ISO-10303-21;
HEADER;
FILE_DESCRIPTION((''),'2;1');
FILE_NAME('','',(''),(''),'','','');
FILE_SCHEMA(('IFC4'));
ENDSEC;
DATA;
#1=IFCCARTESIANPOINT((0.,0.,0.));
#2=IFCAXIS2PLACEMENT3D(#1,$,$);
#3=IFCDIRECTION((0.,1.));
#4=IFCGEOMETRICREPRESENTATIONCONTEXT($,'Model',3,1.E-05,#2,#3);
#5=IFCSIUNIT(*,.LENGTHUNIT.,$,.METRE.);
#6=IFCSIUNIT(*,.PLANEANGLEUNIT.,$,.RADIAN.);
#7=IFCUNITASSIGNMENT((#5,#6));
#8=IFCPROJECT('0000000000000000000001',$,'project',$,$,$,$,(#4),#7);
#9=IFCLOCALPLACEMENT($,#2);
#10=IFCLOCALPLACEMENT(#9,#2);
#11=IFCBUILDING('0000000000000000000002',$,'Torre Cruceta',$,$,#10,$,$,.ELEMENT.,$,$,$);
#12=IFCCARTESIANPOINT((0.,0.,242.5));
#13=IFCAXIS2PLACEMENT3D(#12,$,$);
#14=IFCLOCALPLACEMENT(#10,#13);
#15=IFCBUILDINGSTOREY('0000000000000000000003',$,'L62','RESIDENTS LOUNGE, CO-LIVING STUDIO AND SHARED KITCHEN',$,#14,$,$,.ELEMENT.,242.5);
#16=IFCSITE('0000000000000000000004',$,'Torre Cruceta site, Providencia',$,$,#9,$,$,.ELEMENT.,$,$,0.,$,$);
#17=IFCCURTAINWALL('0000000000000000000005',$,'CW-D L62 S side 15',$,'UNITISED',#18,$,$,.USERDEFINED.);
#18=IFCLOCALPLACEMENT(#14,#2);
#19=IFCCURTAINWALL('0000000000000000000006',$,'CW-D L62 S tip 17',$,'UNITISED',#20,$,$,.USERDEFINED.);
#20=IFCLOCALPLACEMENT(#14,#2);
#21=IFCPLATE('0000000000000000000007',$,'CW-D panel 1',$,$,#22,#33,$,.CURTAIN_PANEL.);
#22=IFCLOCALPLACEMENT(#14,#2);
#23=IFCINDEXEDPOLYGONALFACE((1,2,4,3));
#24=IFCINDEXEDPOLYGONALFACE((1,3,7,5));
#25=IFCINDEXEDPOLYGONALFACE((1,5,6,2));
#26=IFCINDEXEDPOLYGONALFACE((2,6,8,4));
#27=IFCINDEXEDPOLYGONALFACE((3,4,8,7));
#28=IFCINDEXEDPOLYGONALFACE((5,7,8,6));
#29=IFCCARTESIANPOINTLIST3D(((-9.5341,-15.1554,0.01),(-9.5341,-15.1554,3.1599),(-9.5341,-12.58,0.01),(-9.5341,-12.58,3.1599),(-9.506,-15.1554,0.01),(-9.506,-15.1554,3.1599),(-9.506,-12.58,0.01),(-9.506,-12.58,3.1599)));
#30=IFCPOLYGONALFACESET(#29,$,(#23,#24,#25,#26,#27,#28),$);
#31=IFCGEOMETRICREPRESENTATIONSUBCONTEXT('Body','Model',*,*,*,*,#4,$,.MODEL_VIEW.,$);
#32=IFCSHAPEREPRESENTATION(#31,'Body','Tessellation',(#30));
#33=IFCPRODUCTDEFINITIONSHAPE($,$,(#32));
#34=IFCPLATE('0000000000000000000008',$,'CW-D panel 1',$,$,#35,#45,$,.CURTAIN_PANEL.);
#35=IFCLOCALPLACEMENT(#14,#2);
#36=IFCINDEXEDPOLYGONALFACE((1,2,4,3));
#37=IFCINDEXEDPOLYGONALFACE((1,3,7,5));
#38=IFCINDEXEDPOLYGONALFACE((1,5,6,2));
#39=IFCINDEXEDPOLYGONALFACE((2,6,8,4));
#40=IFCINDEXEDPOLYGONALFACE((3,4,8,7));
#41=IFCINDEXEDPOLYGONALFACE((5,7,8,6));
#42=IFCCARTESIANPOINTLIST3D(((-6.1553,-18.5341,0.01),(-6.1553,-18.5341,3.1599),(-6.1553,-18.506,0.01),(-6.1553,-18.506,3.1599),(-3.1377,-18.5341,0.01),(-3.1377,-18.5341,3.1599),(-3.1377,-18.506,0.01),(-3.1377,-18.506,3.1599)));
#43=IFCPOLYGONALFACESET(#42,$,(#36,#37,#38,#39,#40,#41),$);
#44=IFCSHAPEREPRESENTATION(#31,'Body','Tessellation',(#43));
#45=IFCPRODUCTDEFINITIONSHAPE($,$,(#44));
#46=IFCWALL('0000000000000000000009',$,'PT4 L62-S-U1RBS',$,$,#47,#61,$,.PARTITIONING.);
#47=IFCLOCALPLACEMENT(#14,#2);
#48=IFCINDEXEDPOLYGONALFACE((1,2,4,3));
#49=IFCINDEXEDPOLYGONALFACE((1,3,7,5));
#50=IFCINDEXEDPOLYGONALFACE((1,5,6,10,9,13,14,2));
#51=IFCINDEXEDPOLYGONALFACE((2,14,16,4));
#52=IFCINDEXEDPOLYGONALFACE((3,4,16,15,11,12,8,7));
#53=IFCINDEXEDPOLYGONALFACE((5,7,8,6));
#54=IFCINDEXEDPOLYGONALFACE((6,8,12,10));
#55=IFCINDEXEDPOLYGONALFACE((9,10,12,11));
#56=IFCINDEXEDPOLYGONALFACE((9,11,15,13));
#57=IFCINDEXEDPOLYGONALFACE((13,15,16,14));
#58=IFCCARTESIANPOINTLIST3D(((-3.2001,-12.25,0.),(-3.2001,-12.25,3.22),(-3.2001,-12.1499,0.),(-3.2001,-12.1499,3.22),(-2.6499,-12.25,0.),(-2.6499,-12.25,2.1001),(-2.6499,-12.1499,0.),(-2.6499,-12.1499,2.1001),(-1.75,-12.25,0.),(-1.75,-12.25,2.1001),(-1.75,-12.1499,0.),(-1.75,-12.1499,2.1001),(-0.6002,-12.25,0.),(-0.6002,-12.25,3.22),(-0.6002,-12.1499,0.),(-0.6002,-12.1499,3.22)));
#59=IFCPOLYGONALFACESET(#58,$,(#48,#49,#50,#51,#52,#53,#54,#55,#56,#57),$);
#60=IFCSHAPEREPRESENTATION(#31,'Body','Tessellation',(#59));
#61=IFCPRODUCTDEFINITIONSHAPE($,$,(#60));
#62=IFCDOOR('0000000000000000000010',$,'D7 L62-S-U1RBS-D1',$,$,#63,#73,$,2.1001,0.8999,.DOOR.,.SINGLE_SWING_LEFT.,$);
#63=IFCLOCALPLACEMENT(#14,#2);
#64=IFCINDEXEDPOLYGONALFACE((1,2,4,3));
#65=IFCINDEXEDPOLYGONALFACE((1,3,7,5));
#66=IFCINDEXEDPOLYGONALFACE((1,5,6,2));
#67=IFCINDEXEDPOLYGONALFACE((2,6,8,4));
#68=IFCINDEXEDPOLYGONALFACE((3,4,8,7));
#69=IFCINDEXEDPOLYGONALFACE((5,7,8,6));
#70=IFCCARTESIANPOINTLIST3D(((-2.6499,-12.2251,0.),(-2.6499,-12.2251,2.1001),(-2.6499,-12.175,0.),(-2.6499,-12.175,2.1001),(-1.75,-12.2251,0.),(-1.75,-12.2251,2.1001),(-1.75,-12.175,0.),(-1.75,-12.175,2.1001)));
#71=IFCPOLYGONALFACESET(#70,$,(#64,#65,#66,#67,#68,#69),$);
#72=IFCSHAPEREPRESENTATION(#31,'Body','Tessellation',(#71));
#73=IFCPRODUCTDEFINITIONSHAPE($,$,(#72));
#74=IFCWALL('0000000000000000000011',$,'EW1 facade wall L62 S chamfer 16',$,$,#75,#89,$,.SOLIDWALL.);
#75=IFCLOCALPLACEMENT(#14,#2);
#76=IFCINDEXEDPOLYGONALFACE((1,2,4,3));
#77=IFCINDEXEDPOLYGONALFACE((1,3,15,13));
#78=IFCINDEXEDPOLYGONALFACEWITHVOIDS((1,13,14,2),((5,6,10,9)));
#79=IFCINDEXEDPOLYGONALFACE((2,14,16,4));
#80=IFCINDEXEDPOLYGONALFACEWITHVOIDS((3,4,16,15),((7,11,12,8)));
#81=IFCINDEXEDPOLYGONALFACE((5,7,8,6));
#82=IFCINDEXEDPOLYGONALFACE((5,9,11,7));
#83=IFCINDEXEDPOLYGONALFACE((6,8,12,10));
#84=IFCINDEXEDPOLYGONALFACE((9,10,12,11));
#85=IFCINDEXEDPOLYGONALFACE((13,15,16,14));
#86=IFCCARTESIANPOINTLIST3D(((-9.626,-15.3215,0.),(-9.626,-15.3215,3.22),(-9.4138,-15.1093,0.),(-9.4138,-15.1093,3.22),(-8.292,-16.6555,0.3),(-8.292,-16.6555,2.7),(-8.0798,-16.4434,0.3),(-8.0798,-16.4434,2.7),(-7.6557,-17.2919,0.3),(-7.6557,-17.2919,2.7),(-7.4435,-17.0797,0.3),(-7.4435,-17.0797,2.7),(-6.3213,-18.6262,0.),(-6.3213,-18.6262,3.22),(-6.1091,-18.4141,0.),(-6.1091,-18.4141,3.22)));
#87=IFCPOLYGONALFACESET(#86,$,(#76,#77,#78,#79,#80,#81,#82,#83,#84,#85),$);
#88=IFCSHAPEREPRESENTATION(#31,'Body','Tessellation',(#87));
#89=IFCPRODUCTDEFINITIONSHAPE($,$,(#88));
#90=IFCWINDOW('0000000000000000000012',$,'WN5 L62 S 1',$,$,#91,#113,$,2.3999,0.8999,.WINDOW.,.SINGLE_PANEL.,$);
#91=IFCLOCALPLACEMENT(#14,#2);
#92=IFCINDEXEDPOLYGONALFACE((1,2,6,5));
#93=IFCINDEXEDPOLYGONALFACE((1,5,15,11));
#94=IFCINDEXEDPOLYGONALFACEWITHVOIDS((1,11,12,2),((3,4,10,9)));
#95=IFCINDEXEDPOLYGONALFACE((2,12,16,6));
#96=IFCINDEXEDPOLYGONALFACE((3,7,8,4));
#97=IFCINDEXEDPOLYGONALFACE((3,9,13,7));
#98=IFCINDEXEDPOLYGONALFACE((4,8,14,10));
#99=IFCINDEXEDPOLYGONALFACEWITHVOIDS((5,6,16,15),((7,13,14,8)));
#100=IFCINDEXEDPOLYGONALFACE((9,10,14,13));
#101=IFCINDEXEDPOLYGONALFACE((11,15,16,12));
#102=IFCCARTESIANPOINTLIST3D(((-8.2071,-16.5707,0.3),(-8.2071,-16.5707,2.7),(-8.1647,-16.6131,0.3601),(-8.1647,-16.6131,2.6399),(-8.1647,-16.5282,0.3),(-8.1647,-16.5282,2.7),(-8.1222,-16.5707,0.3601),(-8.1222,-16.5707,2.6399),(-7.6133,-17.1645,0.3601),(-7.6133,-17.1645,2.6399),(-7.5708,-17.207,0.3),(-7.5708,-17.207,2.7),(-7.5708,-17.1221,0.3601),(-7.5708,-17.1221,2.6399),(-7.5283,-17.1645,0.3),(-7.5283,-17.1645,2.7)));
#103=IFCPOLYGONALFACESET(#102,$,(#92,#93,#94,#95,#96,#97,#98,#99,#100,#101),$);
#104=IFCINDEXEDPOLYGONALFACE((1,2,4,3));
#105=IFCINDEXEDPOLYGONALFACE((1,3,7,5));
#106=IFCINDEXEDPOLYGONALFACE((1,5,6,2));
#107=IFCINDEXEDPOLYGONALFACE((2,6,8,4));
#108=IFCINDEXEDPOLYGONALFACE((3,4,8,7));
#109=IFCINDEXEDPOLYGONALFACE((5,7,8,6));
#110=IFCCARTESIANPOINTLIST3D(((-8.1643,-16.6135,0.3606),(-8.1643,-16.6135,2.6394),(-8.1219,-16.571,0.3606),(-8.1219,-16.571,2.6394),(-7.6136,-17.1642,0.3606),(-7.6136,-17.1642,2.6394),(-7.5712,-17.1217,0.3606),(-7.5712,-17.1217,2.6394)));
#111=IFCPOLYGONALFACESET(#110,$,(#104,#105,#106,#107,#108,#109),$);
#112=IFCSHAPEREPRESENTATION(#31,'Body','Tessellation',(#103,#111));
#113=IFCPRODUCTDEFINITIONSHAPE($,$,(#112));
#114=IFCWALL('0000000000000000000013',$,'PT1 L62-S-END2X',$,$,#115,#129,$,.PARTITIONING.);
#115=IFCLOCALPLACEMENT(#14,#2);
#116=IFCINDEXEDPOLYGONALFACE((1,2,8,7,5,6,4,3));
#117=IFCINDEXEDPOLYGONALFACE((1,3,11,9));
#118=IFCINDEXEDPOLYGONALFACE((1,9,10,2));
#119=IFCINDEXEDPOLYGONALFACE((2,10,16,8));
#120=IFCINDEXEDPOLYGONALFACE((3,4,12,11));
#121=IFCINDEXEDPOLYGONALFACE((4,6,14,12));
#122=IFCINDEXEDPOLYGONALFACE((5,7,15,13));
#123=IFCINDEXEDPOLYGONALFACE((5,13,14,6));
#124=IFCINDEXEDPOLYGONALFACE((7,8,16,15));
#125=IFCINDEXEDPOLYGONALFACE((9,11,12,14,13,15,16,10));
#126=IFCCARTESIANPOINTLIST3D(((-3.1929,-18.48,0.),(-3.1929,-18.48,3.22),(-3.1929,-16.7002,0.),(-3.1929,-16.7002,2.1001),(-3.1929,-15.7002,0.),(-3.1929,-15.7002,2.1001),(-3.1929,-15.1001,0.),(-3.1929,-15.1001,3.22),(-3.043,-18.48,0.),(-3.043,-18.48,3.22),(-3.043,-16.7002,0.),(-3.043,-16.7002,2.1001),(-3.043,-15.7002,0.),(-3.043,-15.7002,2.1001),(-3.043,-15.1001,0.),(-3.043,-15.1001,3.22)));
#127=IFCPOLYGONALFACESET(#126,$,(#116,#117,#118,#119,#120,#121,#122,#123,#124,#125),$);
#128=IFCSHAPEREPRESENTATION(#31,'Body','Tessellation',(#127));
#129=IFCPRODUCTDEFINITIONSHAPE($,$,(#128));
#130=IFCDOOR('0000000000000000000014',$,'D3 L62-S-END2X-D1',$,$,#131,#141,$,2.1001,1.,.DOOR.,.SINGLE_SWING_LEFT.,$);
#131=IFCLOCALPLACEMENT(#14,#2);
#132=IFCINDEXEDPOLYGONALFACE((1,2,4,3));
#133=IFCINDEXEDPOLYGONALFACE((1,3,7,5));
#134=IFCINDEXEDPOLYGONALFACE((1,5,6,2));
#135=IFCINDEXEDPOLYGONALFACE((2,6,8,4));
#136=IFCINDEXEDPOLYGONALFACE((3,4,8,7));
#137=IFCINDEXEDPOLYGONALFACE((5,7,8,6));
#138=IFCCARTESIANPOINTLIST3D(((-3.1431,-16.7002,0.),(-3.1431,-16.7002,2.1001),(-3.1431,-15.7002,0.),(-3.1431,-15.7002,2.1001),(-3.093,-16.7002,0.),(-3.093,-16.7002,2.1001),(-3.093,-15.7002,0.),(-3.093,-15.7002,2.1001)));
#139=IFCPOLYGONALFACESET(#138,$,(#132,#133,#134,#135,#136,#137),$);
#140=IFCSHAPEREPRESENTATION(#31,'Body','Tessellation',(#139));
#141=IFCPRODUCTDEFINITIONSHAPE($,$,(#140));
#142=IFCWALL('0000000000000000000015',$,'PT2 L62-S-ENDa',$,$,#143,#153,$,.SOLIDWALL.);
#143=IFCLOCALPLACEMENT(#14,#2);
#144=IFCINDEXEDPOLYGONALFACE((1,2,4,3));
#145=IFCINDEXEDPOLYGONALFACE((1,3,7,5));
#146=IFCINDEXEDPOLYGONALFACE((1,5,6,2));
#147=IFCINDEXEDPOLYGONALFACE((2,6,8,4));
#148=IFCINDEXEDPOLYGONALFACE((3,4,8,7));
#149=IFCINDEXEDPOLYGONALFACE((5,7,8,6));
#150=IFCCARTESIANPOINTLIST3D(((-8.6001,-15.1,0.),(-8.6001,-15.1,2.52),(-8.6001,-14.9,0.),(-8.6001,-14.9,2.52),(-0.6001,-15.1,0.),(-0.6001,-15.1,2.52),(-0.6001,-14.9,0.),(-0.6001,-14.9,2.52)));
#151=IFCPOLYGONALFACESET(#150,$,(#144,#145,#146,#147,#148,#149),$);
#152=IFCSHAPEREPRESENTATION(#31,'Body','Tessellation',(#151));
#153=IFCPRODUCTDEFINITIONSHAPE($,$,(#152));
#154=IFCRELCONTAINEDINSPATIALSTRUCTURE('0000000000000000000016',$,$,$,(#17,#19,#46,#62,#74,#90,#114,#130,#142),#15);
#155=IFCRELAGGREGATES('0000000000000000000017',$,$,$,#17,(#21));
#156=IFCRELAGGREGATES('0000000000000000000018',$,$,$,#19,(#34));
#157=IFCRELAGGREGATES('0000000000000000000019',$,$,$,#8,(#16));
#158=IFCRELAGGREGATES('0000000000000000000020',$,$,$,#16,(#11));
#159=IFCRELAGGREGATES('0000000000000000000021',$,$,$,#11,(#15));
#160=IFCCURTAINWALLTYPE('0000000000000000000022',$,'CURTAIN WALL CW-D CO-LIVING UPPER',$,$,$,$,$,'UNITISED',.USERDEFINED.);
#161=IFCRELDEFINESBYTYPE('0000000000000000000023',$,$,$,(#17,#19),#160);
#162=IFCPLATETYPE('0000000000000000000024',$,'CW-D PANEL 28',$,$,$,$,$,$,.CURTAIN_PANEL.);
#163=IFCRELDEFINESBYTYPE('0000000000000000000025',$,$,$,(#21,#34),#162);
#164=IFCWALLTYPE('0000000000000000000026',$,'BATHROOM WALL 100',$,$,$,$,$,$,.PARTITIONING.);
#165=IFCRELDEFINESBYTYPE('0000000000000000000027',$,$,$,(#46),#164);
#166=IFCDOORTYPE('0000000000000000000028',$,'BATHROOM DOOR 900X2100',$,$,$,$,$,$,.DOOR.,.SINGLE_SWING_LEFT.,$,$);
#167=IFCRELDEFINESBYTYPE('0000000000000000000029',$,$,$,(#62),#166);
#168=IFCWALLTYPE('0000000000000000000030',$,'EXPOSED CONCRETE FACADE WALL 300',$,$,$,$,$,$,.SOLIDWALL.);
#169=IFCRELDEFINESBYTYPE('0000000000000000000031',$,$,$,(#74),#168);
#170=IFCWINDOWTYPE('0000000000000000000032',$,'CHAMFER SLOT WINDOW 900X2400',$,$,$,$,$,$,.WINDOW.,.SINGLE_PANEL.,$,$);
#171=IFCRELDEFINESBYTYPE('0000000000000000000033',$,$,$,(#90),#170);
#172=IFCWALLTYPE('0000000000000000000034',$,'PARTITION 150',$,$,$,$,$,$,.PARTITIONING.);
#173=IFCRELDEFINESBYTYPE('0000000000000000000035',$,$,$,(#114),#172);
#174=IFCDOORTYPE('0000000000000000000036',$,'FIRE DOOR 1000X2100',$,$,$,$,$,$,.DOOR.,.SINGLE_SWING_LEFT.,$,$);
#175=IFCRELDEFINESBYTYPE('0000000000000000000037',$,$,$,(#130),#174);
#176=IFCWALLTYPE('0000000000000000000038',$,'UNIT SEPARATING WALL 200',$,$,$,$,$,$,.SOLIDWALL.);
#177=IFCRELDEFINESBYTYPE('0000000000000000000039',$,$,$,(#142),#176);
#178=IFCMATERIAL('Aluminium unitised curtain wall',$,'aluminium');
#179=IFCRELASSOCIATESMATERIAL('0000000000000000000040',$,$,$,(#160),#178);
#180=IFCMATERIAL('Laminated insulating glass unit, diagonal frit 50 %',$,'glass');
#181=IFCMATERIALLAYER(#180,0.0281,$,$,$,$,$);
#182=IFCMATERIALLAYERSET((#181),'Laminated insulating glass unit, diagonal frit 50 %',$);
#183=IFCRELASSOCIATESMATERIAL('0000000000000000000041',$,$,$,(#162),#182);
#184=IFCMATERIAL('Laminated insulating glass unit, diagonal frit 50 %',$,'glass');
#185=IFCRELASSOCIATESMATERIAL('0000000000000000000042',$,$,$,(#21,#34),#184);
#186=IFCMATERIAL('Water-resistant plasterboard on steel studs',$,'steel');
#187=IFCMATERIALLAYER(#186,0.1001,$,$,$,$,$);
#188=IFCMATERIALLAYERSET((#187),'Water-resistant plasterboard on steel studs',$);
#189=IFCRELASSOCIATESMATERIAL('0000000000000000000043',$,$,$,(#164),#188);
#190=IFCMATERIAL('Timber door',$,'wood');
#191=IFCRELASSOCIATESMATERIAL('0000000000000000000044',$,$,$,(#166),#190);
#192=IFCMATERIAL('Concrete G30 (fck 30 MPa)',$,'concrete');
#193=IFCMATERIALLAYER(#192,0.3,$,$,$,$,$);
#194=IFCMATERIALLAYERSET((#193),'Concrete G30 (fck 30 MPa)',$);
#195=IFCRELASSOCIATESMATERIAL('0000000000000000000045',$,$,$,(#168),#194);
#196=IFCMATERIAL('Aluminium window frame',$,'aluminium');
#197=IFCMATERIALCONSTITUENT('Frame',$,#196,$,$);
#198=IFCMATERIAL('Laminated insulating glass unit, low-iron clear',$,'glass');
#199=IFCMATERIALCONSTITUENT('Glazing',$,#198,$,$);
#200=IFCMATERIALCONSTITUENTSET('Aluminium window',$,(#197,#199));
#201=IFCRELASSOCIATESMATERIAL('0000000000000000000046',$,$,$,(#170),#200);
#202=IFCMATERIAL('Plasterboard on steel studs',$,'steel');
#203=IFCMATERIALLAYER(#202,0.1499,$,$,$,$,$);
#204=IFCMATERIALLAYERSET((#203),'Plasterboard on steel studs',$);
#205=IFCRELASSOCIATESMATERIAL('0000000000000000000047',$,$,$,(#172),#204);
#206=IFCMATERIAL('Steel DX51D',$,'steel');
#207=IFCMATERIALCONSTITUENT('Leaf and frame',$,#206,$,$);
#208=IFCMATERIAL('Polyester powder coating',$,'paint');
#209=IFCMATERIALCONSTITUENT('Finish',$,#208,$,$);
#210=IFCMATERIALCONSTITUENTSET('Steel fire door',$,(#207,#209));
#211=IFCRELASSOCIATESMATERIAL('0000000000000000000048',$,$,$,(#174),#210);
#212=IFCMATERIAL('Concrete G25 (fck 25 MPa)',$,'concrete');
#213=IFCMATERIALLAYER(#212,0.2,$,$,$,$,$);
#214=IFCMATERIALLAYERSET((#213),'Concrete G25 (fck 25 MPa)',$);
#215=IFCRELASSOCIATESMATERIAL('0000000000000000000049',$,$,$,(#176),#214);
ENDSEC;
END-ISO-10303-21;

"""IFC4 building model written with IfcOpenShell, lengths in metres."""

from ifc_helpers import new_model, si_unit, direction, frame, frame_2d, origin, origin_2d, place, context, subcontext, project, spatial, rectangle, hollow_rectangle, extrude, material, layer, layer_set, constituent, constituent_set, type_object, element, fill, aggregate, save


model = new_model("IFC4")

# Units and contexts
model_context = context("Model", 3, precision=1e-05, world=origin(), true_north=direction((0.0, 1.0)))
body_context = subcontext(model_context, "Body", "Model", "MODEL_VIEW")
ifc_project = project(units=[si_unit("LENGTHUNIT", "METRE"), si_unit("PLANEANGLEUNIT", "RADIAN")], contexts=[model_context])

# Site, building, storey
site_placement = place(None, origin())
site = spatial("IfcSite", under=ifc_project, at=site_placement, Name="Torre Cruceta site, Providencia", CompositionType="ELEMENT", RefElevation=0.0)
building_placement = place(site_placement, origin())
building = spatial("IfcBuilding", under=site, at=building_placement, Name="Torre Cruceta", CompositionType="ELEMENT")
storey_placement = place(building_placement, frame((0.0, 0.0, 242.5)))
storey = spatial("IfcBuildingStorey", under=building, at=storey_placement, Name="L62", Description="RESIDENTS LOUNGE, CO-LIVING STUDIO AND SHARED KITCHEN", CompositionType="ELEMENT", Elevation=242.5)

# Curtain walls
ifc_material_1 = material(Name="Aluminium unitised curtain wall", Category="aluminium")
curtain_wall_type = type_object("IfcCurtainWallType", Name="CURTAIN WALL CW-D CO-LIVING UPPER", ElementType="UNITISED", PredefinedType="USERDEFINED", material=ifc_material_1)
curtain_wall_1_placement = place(storey_placement, origin())
curtain_wall_1 = element("IfcCurtainWall", 1, at=curtain_wall_1_placement, inside=storey, type_object=curtain_wall_type, Name="CW-D L62 S side 15", ObjectType="UNITISED", PredefinedType="USERDEFINED")
curtain_wall_2_placement = place(storey_placement, origin())
curtain_wall_2 = element("IfcCurtainWall", 2, at=curtain_wall_2_placement, inside=storey, type_object=curtain_wall_type, Name="CW-D L62 S tip 17", ObjectType="UNITISED", PredefinedType="USERDEFINED")

# Plates
ifc_material_2 = material(Name="Laminated insulating glass unit, diagonal frit 50 %", Category="glass")
ifc_material_3 = material(Name="Laminated insulating glass unit, diagonal frit 50 %", Category="glass")
ifc_layer_1 = layer(ifc_material_3, 0.0281)
ifc_layer_set_1 = layer_set([ifc_layer_1], Name="Laminated insulating glass unit, diagonal frit 50 %")
plate_type = type_object("IfcPlateType", Name="CW-D PANEL 28", PredefinedType="CURTAIN_PANEL", material=ifc_layer_set_1)
plate_1_placement = place(storey_placement, frame((-9.52, -13.8677, 0.01), z_axis=(0.0, 0.0, 1.0), x_axis=(0.0, -1.0, 0.0)))
plate_1 = element("IfcPlate", 3, at=plate_1_placement, type_object=plate_type, material=ifc_material_2, Name="CW-D panel 1", PredefinedType="CURTAIN_PANEL", context=body_context, shape_type="SweptSolid", body=[
    extrude(rectangle(XDim=2.5754, YDim=0.0281, at=origin_2d()), origin(), (0.0, 0.0, 1.0), 3.1499),
])
aggregate(curtain_wall_1, [plate_1])
plate_2_placement = place(storey_placement, frame((-4.6465, -18.52, 0.01), z_axis=(0.0, 0.0, 1.0), x_axis=(1.0, 0.0, 0.0)))
plate_2 = element("IfcPlate", 4, at=plate_2_placement, type_object=plate_type, material=ifc_material_2, Name="CW-D panel 1", PredefinedType="CURTAIN_PANEL", context=body_context, shape_type="SweptSolid", body=[
    extrude(rectangle(XDim=3.0176, YDim=0.0281, at=origin_2d()), origin(), (0.0, 0.0, 1.0), 3.1499),
])
aggregate(curtain_wall_2, [plate_2])

# Wall, opening, door
ifc_material_4 = material(Name="Water-resistant plasterboard on steel studs", Category="steel")
ifc_layer_2 = layer(ifc_material_4, 0.1001)
ifc_layer_set_2 = layer_set([ifc_layer_2], Name="Water-resistant plasterboard on steel studs")
wall_type_1 = type_object("IfcWallType", Name="BATHROOM WALL 100", PredefinedType="PARTITIONING", material=ifc_layer_set_2)
wall_1_placement = place(storey_placement, frame((-3.2, -12.2, 0.0), z_axis=(0.0, 0.0, 1.0), x_axis=(1.0, 0.0, 0.0)))
wall_1 = element("IfcWall", 5, at=wall_1_placement, inside=storey, type_object=wall_type_1, Name="PT4 L62-S-U1RBS", PredefinedType="PARTITIONING", context=body_context, shape_type="SweptSolid", body=[
    extrude(rectangle(XDim=2.5999, YDim=0.1001, at=frame_2d((1.2998, 0.0))), origin(), (0.0, 0.0, 1.0), 3.22),
])
opening_1_placement = place(wall_1_placement, frame((0.55, 0.0, 0.0)))
opening_1 = element("IfcOpeningElement", 6, at=opening_1_placement, cuts=wall_1, PredefinedType="OPENING", context=body_context, shape_type="SweptSolid", body=[
    extrude(rectangle(XDim=0.8999, YDim=2.1001, at=frame_2d((0.45, 1.05))), frame((0.0, 0.0601, 0.0), z_axis=(0.0, -1.0, 0.0), x_axis=(1.0, 0.0, 0.0)), (0.0, 0.0, 1.0), 0.1201),
])
ifc_material_5 = material(Name="Timber door", Category="wood")
door_type_1 = type_object("IfcDoorType", Name="BATHROOM DOOR 900X2100", OperationType="SINGLE_SWING_LEFT", PredefinedType="DOOR", material=ifc_material_5)
door_1_placement = place(opening_1_placement, origin())
door_1 = element("IfcDoor", 7, at=door_1_placement, inside=storey, type_object=door_type_1, Name="D7 L62-S-U1RBS-D1", OperationType="SINGLE_SWING_LEFT", OverallHeight=2.1001, OverallWidth=0.8999, PredefinedType="DOOR", context=body_context, shape_type="SweptSolid", body=[
    extrude(rectangle(XDim=0.8999, YDim=2.1001, at=frame_2d((0.45, 1.05))), frame((0.0, 0.0249, 0.0), z_axis=(0.0, -1.0, 0.0), x_axis=(1.0, 0.0, 0.0)), (0.0, 0.0, 1.0), 0.05),
])
fill(opening_1, door_1)

# Wall, opening, window
ifc_material_6 = material(Name="Concrete G30 (fck 30 MPa)", Category="concrete")
ifc_layer_3 = layer(ifc_material_6, 0.3)
ifc_layer_set_3 = layer_set([ifc_layer_3], Name="Concrete G30 (fck 30 MPa)")
wall_type_2 = type_object("IfcWallType", Name="EXPOSED CONCRETE FACADE WALL 300", PredefinedType="SOLIDWALL", material=ifc_layer_set_3)
wall_2_placement = place(storey_placement, frame((-9.52, -15.2153, 0.0), z_axis=(0.0, 0.0, 1.0), x_axis=(0.707107, -0.707107, 0.0)))
wall_2 = element("IfcWall", 8, at=wall_2_placement, inside=storey, type_object=wall_type_2, Name="EW1 facade wall L62 S chamfer 16", PredefinedType="SOLIDWALL", context=body_context, shape_type="SweptSolid", body=[
    extrude(rectangle(XDim=4.6736, YDim=0.3, at=frame_2d((2.3369, 0.0))), origin(), (0.0, 0.0, 1.0), 3.22),
])
opening_2_placement = place(wall_2_placement, frame((1.8867, 0.0, 0.3)))
opening_2 = element("IfcOpeningElement", 9, at=opening_2_placement, cuts=wall_2, PredefinedType="OPENING", context=body_context, shape_type="SweptSolid", body=[
    extrude(rectangle(XDim=0.8999, YDim=2.3999, at=frame_2d((0.45, 1.2))), frame((0.0, 0.1599, 0.0), z_axis=(0.0, -1.0, 0.0), x_axis=(1.0, 0.0, 0.0)), (0.0, 0.0, 1.0), 0.3201),
])
ifc_material_7 = material(Name="Aluminium window frame", Category="aluminium")
ifc_constituent_1 = constituent(ifc_material_7, Name="Frame")
ifc_material_8 = material(Name="Laminated insulating glass unit, low-iron clear", Category="glass")
ifc_constituent_2 = constituent(ifc_material_8, Name="Glazing")
ifc_constituent_set_1 = constituent_set(constituents=[ifc_constituent_1, ifc_constituent_2], Name="Aluminium window")
window_type = type_object("IfcWindowType", Name="CHAMFER SLOT WINDOW 900X2400", PartitioningType="SINGLE_PANEL", PredefinedType="WINDOW", material=ifc_constituent_set_1)
window_placement = place(opening_2_placement, origin())
window = element("IfcWindow", 10, at=window_placement, inside=storey, type_object=window_type, Name="WN5 L62 S 1", OverallHeight=2.3999, OverallWidth=0.8999, PartitioningType="SINGLE_PANEL", PredefinedType="WINDOW", context=body_context, shape_type="SweptSolid", body=[
    extrude(hollow_rectangle(XDim=0.8999, YDim=2.3999, WallThickness=0.0601, at=frame_2d((0.45, 1.2))), frame((0.0, 0.03, 0.0), z_axis=(0.0, -1.0, 0.0), x_axis=(1.0, 0.0, 0.0)), (0.0, 0.0, 1.0), 0.0601),
    extrude(rectangle(XDim=0.7788, YDim=2.2788, at=frame_2d((0.45, 1.2))), frame((0.0, 0.03, 0.0), z_axis=(0.0, -1.0, 0.0), x_axis=(1.0, 0.0, 0.0)), (0.0, 0.0, 1.0), 0.0601),
])
fill(opening_2, window)

# Wall, opening, door
ifc_material_9 = material(Name="Plasterboard on steel studs", Category="steel")
ifc_layer_4 = layer(ifc_material_9, 0.1499)
ifc_layer_set_4 = layer_set([ifc_layer_4], Name="Plasterboard on steel studs")
wall_type_3 = type_object("IfcWallType", Name="PARTITION 150", PredefinedType="PARTITIONING", material=ifc_layer_set_4)
wall_3_placement = place(storey_placement, frame((-3.1179, -15.1001, 0.0), z_axis=(0.0, 0.0, 1.0), x_axis=(0.0, -1.0, 0.0)))
wall_3 = element("IfcWall", 11, at=wall_3_placement, inside=storey, type_object=wall_type_3, Name="PT1 L62-S-END2X", PredefinedType="PARTITIONING", context=body_context, shape_type="SweptSolid", body=[
    extrude(rectangle(XDim=3.3799, YDim=0.1499, at=frame_2d((1.6899, 0.0))), origin(), (0.0, 0.0, 1.0), 3.22),
])
opening_3_placement = place(wall_3_placement, frame((0.6001, 0.0, 0.0)))
opening_3 = element("IfcOpeningElement", 12, at=opening_3_placement, cuts=wall_3, PredefinedType="OPENING", context=body_context, shape_type="SweptSolid", body=[
    extrude(rectangle(XDim=1.0, YDim=2.1001, at=frame_2d((0.5, 1.05))), frame((0.0, 0.085, 0.0), z_axis=(0.0, -1.0, 0.0), x_axis=(1.0, 0.0, 0.0)), (0.0, 0.0, 1.0), 0.1699),
])
ifc_material_10 = material(Name="Steel DX51D", Category="steel")
ifc_constituent_3 = constituent(ifc_material_10, Name="Leaf and frame")
ifc_material_11 = material(Name="Polyester powder coating", Category="paint")
ifc_constituent_4 = constituent(ifc_material_11, Name="Finish")
ifc_constituent_set_2 = constituent_set(constituents=[ifc_constituent_3, ifc_constituent_4], Name="Steel fire door")
door_type_2 = type_object("IfcDoorType", Name="FIRE DOOR 1000X2100", OperationType="SINGLE_SWING_LEFT", PredefinedType="DOOR", material=ifc_constituent_set_2)
door_2_placement = place(opening_3_placement, origin())
door_2 = element("IfcDoor", 13, at=door_2_placement, inside=storey, type_object=door_type_2, Name="D3 L62-S-END2X-D1", OperationType="SINGLE_SWING_LEFT", OverallHeight=2.1001, OverallWidth=1.0, PredefinedType="DOOR", context=body_context, shape_type="SweptSolid", body=[
    extrude(rectangle(XDim=1.0, YDim=2.1001, at=frame_2d((0.5, 1.05))), frame((0.0, 0.0249, 0.0), z_axis=(0.0, -1.0, 0.0), x_axis=(1.0, 0.0, 0.0)), (0.0, 0.0, 1.0), 0.05),
])
fill(opening_3, door_2)

# Wall
ifc_material_12 = material(Name="Concrete G25 (fck 25 MPa)", Category="concrete")
ifc_layer_5 = layer(ifc_material_12, 0.2)
ifc_layer_set_5 = layer_set([ifc_layer_5], Name="Concrete G25 (fck 25 MPa)")
wall_type_4 = type_object("IfcWallType", Name="UNIT SEPARATING WALL 200", PredefinedType="SOLIDWALL", material=ifc_layer_set_5)
wall_4_placement = place(storey_placement, frame((-8.6001, -15.0, 0.0), z_axis=(0.0, 0.0, 1.0), x_axis=(1.0, 0.0, 0.0)))
element("IfcWall", 14, at=wall_4_placement, inside=storey, type_object=wall_type_4, Name="PT2 L62-S-ENDa", PredefinedType="SOLIDWALL", context=body_context, shape_type="SweptSolid", body=[
    extrude(rectangle(XDim=8.0, YDim=0.2, at=frame_2d((4.0, 0.0))), origin(), (0.0, 0.0, 1.0), 2.52),
])

save(model, "model.ifc")
